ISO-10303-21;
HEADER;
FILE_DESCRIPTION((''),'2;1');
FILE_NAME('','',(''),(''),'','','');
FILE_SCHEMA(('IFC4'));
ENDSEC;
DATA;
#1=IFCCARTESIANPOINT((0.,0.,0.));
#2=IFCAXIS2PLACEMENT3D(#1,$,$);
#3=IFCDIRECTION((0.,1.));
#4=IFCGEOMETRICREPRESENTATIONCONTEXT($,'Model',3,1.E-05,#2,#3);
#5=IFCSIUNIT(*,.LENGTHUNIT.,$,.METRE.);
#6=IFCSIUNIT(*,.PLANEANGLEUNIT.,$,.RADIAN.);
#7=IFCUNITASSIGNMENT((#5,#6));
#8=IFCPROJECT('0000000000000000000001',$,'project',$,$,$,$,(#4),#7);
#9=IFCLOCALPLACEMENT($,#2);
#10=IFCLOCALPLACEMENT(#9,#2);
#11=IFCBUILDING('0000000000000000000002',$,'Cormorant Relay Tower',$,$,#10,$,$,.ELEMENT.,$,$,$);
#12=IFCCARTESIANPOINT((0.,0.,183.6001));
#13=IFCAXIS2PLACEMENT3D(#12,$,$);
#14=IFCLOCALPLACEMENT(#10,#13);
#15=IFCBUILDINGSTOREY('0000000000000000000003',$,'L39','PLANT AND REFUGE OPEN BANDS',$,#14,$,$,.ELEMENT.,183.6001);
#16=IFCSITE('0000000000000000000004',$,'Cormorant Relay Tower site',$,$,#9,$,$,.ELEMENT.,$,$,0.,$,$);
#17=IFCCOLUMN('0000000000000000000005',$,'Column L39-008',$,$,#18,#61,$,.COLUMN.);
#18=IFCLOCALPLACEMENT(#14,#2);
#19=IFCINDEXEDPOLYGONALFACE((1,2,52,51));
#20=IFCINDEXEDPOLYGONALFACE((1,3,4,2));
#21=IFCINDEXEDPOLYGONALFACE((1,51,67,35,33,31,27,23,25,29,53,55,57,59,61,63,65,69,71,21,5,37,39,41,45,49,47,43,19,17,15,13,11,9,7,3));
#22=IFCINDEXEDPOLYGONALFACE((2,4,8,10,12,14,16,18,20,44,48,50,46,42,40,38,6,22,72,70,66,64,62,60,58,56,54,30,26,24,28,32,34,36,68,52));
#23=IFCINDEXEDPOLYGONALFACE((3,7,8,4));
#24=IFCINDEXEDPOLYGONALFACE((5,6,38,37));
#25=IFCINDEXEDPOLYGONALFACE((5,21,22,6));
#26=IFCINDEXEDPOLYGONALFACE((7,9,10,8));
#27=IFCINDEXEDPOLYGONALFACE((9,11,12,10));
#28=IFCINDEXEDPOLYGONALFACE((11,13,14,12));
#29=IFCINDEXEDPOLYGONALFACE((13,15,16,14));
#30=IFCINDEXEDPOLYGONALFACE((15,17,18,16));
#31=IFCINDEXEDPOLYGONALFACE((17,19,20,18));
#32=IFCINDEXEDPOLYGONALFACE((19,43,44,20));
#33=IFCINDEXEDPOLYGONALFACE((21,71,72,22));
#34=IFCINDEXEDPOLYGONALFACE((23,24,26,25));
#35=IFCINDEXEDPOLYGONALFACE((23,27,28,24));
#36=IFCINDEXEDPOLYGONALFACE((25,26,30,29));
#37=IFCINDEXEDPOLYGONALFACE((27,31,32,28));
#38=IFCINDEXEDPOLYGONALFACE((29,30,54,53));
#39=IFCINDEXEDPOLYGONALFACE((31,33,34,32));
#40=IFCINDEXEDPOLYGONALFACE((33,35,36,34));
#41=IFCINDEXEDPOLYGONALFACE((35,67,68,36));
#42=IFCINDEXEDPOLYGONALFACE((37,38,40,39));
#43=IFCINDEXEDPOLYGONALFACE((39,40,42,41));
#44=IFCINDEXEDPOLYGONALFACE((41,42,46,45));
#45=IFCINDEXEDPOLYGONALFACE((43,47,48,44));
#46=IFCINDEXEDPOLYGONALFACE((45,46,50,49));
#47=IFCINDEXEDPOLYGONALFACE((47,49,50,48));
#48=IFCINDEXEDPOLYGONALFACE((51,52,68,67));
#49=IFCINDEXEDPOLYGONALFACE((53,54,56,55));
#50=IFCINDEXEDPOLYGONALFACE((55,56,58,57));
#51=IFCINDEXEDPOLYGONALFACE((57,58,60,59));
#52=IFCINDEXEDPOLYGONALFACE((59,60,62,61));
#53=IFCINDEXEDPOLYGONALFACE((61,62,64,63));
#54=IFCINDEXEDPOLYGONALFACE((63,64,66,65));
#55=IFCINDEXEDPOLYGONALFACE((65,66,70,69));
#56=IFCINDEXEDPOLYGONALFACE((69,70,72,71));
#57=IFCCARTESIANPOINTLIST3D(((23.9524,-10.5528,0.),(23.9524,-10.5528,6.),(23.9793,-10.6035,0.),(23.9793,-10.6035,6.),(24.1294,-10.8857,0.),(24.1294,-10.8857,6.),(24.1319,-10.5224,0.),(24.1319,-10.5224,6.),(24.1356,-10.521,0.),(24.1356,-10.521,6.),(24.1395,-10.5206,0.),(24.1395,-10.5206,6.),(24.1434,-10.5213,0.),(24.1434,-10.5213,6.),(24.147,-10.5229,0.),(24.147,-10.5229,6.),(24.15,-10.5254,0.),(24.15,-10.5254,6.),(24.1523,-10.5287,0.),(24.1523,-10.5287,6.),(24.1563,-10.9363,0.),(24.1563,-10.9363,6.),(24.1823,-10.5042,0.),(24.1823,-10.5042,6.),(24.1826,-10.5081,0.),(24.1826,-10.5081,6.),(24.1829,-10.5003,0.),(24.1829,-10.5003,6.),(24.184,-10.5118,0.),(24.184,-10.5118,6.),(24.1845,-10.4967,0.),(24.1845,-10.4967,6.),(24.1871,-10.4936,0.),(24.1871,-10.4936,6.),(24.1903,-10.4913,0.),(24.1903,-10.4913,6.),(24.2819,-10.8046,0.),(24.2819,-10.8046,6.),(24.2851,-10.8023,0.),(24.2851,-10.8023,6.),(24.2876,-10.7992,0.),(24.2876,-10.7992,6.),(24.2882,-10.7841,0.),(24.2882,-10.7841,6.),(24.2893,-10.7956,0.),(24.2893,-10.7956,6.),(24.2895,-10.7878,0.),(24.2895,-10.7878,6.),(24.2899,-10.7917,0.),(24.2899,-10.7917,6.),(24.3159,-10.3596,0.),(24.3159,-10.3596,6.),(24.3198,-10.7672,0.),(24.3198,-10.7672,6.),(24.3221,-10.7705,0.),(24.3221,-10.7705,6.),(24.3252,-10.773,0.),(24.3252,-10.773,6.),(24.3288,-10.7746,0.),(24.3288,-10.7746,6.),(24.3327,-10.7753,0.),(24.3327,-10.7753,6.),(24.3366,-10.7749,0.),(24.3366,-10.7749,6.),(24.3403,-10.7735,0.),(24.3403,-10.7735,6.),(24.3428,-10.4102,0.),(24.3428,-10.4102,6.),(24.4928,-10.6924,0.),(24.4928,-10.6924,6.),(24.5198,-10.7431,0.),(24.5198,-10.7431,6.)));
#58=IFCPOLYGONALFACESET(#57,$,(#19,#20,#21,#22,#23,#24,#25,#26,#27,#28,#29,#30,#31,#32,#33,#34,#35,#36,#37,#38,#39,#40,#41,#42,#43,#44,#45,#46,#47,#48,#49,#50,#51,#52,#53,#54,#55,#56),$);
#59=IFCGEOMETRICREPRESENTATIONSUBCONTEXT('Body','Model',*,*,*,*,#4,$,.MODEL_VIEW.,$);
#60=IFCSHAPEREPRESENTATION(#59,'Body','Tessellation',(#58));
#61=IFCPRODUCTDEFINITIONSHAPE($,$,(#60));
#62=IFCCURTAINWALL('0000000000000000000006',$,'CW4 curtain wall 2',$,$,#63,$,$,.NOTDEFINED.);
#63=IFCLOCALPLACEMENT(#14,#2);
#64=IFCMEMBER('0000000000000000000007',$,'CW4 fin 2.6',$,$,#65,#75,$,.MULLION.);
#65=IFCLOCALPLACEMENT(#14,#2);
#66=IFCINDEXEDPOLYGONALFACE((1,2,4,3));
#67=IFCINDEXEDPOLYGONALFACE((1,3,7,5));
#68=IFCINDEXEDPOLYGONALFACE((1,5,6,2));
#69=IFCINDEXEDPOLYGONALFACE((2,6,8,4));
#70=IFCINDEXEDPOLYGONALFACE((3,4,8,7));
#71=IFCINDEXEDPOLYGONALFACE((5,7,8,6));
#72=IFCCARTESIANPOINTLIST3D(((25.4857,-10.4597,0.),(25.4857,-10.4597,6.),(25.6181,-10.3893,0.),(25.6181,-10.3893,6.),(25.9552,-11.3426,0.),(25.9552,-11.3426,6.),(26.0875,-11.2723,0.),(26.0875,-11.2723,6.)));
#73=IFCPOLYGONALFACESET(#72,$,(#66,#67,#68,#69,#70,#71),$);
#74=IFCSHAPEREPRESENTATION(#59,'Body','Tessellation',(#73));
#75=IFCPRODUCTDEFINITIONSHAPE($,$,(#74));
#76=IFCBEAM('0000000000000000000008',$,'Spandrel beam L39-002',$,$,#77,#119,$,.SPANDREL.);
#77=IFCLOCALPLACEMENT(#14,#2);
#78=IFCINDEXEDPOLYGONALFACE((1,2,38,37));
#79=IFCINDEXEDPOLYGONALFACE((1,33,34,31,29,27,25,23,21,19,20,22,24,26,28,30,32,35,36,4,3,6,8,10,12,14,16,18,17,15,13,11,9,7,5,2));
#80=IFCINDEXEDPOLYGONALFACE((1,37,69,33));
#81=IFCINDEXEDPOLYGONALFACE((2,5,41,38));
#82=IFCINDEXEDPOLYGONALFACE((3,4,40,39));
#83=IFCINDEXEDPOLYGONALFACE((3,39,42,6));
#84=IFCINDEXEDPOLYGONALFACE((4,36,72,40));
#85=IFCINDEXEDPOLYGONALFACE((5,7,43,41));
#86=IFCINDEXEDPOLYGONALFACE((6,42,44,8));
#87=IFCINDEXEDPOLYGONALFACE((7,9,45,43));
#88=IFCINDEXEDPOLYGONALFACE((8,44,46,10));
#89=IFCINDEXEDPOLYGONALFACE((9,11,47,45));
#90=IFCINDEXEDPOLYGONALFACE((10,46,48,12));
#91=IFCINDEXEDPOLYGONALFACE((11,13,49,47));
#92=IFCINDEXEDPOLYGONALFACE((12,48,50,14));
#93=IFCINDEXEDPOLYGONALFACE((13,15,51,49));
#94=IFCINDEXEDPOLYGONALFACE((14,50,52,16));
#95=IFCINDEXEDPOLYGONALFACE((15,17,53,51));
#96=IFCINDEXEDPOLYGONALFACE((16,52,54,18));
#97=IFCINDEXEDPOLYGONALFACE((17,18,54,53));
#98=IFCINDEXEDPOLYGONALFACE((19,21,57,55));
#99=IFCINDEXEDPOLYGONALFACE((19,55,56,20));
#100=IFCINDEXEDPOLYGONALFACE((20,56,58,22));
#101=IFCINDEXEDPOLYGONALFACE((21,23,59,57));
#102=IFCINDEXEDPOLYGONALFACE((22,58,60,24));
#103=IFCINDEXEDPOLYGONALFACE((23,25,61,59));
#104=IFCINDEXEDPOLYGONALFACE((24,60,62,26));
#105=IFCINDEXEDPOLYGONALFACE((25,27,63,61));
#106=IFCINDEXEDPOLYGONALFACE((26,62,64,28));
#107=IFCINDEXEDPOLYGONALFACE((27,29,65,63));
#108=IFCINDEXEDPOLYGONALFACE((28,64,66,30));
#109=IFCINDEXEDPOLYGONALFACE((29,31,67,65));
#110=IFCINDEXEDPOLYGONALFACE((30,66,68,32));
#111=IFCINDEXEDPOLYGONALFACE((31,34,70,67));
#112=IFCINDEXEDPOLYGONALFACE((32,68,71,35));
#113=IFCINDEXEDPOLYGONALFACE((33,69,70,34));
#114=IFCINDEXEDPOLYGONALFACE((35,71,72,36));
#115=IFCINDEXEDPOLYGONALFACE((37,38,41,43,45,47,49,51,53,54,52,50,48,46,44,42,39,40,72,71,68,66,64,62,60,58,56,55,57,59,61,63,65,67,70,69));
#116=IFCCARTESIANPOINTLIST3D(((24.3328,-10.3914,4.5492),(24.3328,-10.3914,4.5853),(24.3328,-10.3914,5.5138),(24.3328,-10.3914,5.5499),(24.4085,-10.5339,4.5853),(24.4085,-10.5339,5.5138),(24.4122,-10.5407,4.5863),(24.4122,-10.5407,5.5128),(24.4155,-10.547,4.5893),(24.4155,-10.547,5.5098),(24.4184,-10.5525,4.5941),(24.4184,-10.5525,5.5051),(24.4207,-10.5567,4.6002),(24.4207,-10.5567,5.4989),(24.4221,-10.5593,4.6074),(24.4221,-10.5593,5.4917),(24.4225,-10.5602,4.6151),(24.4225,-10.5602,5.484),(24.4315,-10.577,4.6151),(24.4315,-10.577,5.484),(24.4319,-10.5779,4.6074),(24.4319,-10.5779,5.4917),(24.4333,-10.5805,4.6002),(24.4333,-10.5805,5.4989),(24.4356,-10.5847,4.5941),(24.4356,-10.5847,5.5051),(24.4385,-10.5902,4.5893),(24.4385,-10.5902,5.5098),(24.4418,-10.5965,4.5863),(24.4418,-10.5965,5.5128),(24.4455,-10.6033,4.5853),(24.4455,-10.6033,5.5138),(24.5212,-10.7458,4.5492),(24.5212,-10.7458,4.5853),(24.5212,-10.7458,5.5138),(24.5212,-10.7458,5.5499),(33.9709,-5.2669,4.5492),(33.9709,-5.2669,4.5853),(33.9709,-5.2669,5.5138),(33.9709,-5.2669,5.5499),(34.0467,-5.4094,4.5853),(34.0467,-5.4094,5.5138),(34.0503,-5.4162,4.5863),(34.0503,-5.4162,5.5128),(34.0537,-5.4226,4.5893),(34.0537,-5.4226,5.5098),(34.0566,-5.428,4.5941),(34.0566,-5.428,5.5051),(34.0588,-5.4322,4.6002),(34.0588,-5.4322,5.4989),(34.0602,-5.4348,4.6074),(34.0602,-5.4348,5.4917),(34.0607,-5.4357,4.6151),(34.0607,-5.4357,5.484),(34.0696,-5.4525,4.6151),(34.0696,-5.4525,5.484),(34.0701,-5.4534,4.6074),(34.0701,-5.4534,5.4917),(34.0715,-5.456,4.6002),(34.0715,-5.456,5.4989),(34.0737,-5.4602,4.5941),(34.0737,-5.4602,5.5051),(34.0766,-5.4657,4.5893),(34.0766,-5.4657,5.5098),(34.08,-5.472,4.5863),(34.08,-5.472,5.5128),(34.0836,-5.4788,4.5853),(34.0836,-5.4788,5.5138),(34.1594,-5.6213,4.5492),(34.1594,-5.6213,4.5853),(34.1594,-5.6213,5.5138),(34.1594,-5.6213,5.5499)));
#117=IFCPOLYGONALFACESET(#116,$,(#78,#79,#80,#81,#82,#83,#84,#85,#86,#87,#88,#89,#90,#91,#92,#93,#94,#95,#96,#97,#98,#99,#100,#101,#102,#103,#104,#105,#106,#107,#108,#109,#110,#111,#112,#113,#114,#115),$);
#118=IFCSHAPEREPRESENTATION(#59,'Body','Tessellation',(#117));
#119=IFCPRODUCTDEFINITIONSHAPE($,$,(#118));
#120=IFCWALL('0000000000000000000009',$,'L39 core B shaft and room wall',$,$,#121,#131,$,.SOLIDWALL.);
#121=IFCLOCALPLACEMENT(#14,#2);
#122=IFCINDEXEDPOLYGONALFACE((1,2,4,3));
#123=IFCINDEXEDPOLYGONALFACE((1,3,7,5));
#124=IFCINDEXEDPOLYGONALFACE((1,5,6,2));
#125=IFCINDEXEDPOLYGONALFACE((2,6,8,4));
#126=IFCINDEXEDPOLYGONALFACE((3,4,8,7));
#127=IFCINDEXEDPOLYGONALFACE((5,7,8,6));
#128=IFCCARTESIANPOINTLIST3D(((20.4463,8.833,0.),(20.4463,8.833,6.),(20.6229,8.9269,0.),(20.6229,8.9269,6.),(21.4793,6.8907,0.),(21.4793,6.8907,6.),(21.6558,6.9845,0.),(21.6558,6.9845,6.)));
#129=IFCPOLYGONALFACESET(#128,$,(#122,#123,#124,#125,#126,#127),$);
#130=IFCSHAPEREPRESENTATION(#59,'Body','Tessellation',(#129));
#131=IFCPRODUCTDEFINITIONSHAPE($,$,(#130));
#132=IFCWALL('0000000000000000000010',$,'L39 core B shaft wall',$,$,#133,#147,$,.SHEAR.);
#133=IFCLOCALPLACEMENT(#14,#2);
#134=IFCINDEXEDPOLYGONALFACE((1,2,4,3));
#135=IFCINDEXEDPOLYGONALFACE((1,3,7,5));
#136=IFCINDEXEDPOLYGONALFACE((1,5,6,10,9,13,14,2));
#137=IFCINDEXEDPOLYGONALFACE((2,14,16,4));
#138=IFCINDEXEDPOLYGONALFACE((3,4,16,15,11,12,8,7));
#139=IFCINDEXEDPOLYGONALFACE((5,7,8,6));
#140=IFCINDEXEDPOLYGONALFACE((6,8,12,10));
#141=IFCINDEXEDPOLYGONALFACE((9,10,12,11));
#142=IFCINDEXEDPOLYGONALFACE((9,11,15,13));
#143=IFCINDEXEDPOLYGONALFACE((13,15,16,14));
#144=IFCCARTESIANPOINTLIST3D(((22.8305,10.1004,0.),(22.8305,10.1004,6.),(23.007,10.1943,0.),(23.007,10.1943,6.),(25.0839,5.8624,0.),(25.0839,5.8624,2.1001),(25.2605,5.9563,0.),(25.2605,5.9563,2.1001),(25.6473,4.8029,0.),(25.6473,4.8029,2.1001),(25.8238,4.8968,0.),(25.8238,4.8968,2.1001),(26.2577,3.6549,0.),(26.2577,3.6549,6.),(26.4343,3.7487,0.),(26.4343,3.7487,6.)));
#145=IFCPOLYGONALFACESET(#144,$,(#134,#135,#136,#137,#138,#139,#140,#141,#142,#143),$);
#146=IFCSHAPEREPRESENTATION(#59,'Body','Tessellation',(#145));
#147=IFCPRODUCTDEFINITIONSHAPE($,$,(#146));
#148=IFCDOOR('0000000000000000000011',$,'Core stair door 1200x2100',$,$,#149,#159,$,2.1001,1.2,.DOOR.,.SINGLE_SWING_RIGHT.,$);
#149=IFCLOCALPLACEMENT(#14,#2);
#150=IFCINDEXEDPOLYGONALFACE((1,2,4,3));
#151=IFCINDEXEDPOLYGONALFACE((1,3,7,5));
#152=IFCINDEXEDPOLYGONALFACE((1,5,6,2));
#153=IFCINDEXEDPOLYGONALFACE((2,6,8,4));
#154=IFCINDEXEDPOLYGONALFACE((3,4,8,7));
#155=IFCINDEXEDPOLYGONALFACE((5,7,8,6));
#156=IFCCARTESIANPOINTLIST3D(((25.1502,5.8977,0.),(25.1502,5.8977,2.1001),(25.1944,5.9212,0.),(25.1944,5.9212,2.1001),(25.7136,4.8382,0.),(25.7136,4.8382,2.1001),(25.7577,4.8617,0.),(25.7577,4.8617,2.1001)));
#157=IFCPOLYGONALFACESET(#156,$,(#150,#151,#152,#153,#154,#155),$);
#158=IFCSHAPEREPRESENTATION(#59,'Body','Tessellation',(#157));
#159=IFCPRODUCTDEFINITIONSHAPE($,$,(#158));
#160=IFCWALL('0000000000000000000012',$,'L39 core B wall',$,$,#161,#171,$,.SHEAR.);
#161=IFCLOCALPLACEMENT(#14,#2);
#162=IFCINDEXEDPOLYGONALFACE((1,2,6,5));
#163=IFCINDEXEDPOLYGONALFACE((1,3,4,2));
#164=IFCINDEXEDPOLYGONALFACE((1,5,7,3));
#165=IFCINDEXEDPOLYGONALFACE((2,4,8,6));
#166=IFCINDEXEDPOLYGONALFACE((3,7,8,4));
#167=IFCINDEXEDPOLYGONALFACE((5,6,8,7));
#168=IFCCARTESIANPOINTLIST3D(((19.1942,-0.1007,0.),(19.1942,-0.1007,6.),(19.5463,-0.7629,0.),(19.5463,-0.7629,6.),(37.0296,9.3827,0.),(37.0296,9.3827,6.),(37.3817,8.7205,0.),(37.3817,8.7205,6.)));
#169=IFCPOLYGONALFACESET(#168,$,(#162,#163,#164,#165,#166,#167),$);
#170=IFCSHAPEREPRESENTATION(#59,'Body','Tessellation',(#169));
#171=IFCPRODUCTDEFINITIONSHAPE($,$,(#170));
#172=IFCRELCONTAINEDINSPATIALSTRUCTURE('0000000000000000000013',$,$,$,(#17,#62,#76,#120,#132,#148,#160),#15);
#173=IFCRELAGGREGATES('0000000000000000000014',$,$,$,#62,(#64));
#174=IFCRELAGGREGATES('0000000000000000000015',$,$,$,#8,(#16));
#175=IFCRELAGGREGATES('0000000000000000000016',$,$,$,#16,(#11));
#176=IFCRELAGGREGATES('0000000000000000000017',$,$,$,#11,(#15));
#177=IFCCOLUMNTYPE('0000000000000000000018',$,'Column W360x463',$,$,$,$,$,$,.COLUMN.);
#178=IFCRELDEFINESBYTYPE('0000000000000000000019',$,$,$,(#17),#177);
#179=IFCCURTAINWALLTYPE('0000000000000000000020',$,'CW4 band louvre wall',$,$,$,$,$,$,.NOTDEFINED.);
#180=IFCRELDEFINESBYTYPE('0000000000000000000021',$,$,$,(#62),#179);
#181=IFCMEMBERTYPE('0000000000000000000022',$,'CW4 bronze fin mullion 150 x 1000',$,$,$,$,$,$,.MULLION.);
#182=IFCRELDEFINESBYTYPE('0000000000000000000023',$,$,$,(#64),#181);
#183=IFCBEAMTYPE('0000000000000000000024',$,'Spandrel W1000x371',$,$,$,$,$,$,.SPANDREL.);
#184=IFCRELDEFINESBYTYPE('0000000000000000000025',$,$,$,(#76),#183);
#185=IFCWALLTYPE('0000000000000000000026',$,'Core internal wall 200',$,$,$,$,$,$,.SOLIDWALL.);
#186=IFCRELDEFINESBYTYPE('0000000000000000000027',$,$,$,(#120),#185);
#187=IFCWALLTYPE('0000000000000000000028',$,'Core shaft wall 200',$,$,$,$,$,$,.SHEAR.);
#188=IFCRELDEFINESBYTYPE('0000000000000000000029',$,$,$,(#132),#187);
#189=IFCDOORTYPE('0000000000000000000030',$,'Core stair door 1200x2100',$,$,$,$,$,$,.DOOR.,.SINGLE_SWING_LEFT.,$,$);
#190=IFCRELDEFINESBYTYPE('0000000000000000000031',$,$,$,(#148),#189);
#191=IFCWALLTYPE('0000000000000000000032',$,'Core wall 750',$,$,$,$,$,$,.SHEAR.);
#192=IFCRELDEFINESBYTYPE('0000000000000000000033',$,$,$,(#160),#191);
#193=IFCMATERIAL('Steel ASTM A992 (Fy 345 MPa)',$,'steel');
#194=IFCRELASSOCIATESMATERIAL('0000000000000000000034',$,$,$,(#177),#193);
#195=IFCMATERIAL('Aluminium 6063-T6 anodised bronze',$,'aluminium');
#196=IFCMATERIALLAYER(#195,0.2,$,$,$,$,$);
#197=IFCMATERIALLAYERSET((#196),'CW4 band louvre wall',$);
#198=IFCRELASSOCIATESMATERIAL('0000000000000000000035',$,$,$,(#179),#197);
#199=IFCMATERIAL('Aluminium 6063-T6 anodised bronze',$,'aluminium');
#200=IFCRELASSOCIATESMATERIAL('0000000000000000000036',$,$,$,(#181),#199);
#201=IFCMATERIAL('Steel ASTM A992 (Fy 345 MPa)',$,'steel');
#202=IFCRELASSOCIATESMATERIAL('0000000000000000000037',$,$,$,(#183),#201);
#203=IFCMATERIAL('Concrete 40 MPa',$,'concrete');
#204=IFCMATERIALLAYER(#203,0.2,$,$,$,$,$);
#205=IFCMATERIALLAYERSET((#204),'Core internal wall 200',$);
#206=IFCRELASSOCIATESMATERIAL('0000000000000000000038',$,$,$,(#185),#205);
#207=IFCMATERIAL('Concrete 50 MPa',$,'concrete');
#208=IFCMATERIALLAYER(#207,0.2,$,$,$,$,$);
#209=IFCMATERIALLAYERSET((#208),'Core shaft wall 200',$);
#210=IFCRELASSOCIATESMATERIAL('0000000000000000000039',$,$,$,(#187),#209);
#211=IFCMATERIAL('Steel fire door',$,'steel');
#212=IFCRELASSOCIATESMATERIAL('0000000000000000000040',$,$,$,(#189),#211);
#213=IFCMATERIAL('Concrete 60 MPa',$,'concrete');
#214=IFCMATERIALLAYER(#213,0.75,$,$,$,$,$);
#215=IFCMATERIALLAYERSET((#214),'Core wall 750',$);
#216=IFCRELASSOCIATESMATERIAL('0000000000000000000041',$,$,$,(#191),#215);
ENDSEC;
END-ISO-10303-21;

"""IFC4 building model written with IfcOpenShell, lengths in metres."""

from ifc_helpers import new_model, si_unit, direction, frame, frame_2d, origin, origin_2d, place, context, subcontext, project, spatial, rectangle, i_section, extrude, material, layer, layer_set, material_profile, profile_set, type_object, element, fill, aggregate, save


model = new_model("IFC4")

# Units and contexts
model_context = context("Model", 3, precision=1e-05, world=origin(), true_north=direction((0.0, 1.0)))
body_context = subcontext(model_context, "Body", "Model", "MODEL_VIEW")
ifc_project = project(units=[si_unit("LENGTHUNIT", "METRE"), si_unit("PLANEANGLEUNIT", "RADIAN")], contexts=[model_context])

# Site, building, storey
site_placement = place(None, origin())
site = spatial("IfcSite", under=ifc_project, at=site_placement, Name="Cormorant Relay Tower site", CompositionType="ELEMENT", RefElevation=0.0)
building_placement = place(site_placement, origin())
building = spatial("IfcBuilding", under=site, at=building_placement, Name="Cormorant Relay Tower", CompositionType="ELEMENT")
storey_placement = place(building_placement, frame((0.0, 0.0, 183.6001)))
storey = spatial("IfcBuildingStorey", under=building, at=storey_placement, Name="L39", Description="PLANT AND REFUGE OPEN BANDS", CompositionType="ELEMENT", Elevation=183.6001)

# Column
ifc_material_1 = material(Name="Steel ASTM A992 (Fy 345 MPa)", Category="steel")
ifc_material_profile_1 = material_profile(ifc_material_1, i_section(OverallWidth=0.4116, OverallDepth=0.4343, WebThickness=0.0359, FlangeThickness=0.0574, FilletRadius=0.0151, at=origin_2d()), Name="W360x463")
ifc_profile_set_1 = profile_set([ifc_material_profile_1], Name="Steel ASTM A992 (Fy 345 MPa)")
column_type = type_object("IfcColumnType", Name="Column W360x463", PredefinedType="COLUMN", material=ifc_profile_set_1)
column_placement = place(storey_placement, frame((24.2361, -10.6479, 0.0), z_axis=(0.0, 0.0, 1.0), x_axis=(0.882948, 0.469472, 0.0)))
element("IfcColumn", 1, at=column_placement, inside=storey, type_object=column_type, Name="Column L39-008", PredefinedType="COLUMN", context=body_context, shape_type="SweptSolid", body=[
    extrude(i_section(OverallWidth=0.4116, OverallDepth=0.4343, WebThickness=0.0359, FlangeThickness=0.0574, FilletRadius=0.0151, at=origin_2d()), origin(), (0.0, 0.0, 1.0), 6.0),
])

# Curtain wall, member
ifc_material_2 = material(Name="Aluminium 6063-T6 anodised bronze", Category="aluminium")
ifc_layer_1 = layer(ifc_material_2, 0.2)
ifc_layer_set_1 = layer_set([ifc_layer_1], Name="CW4 band louvre wall")
curtain_wall_type = type_object("IfcCurtainWallType", Name="CW4 band louvre wall", PredefinedType="NOTDEFINED", material=ifc_layer_set_1)
curtain_wall_placement = place(storey_placement, origin())
curtain_wall = element("IfcCurtainWall", 2, at=curtain_wall_placement, inside=storey, type_object=curtain_wall_type, Name="CW4 curtain wall 2", PredefinedType="NOTDEFINED")
ifc_material_3 = material(Name="Aluminium 6063-T6 anodised bronze", Category="aluminium")
ifc_material_profile_2 = material_profile(ifc_material_3, rectangle(XDim=0.1499, YDim=1.0, at=origin_2d()), Name="AL 150x1000")
ifc_profile_set_2 = profile_set([ifc_material_profile_2], Name="Aluminium 6063-T6 anodised bronze")
member_type = type_object("IfcMemberType", Name="CW4 bronze fin mullion 150 x 1000", PredefinedType="MULLION", material=ifc_profile_set_2)
member_placement = place(storey_placement, frame((25.7866, -10.866, 0.0), z_axis=(0.0, 0.0, 1.0), x_axis=(0.882948, 0.469472, 0.0)))
member = element("IfcMember", 3, at=member_placement, type_object=member_type, Name="CW4 fin 2.6", PredefinedType="MULLION", context=body_context, shape_type="SweptSolid", body=[
    extrude(rectangle(XDim=0.1499, YDim=1.0, at=origin_2d()), origin(), (0.0, 0.0, 1.0), 6.0),
])

# Beam
ifc_material_4 = material(Name="Steel ASTM A992 (Fy 345 MPa)", Category="steel")
ifc_material_profile_3 = material_profile(ifc_material_4, i_section(OverallWidth=0.4014, OverallDepth=1.0007, WebThickness=0.019, FlangeThickness=0.0361, FilletRadius=0.0298, at=origin_2d()), Name="W1000x371")
ifc_profile_set_3 = profile_set([ifc_material_profile_3], Name="Steel ASTM A992 (Fy 345 MPa)")
beam_type = type_object("IfcBeamType", Name="Spandrel W1000x371", PredefinedType="SPANDREL", material=ifc_profile_set_3)
beam_placement = place(storey_placement, frame((24.427, -10.5686, 5.0496), z_axis=(0.882955, 0.469457, 0.0), x_axis=(-0.469457, 0.882955, 0.0)))
element("IfcBeam", 4, at=beam_placement, inside=storey, type_object=beam_type, Name="Spandrel beam L39-002", PredefinedType="SPANDREL", context=body_context, shape_type="SweptSolid", body=[
    extrude(i_section(OverallWidth=0.4014, OverallDepth=1.0007, WebThickness=0.019, FlangeThickness=0.0361, FilletRadius=0.0298, at=origin_2d()), origin(), (0.0, 0.0, 1.0), 10.9158),
])

# Wall
ifc_material_5 = material(Name="Concrete 40 MPa", Category="concrete")
ifc_layer_2 = layer(ifc_material_5, 0.2)
ifc_layer_set_2 = layer_set([ifc_layer_2], Name="Core internal wall 200")
wall_type_1 = type_object("IfcWallType", Name="Core internal wall 200", PredefinedType="SOLIDWALL", material=ifc_layer_set_2)
wall_1_placement = place(storey_placement, frame((21.5676, 6.9375, 0.0), z_axis=(0.0, 0.0, 1.0), x_axis=(-0.469534, 0.882914, 0.0)))
element("IfcWall", 5, at=wall_1_placement, inside=storey, type_object=wall_type_1, Name="L39 core B shaft and room wall", PredefinedType="SOLIDWALL", context=body_context, shape_type="SweptSolid", body=[
    extrude(rectangle(XDim=2.2, YDim=0.2, at=frame_2d((1.1001, 0.0))), origin(), (0.0, 0.0, 1.0), 6.0),
])

# Wall, opening, door
ifc_material_6 = material(Name="Concrete 50 MPa", Category="concrete")
ifc_layer_3 = layer(ifc_material_6, 0.2)
ifc_layer_set_3 = layer_set([ifc_layer_3], Name="Core shaft wall 200")
wall_type_2 = type_object("IfcWallType", Name="Core shaft wall 200", PredefinedType="SHEAR", material=ifc_layer_set_3)
wall_2_placement = place(storey_placement, frame((26.3459, 3.7019, 0.0), z_axis=(0.0, 0.0, 1.0), x_axis=(-0.46948, 0.882943, 0.0)))
wall_2 = element("IfcWall", 6, at=wall_2_placement, inside=storey, type_object=wall_type_2, Name="L39 core B shaft wall", PredefinedType="SHEAR", context=body_context, shape_type="SweptSolid", body=[
    extrude(rectangle(XDim=7.3, YDim=0.2, at=frame_2d((3.6499, 0.0))), origin(), (0.0, 0.0, 1.0), 6.0),
])
opening_1_placement = place(wall_2_placement, frame((1.3, 0.0, 0.0)))
opening_1 = element("IfcOpeningElement", 7, at=opening_1_placement, cuts=wall_2, PredefinedType="OPENING", context=body_context, shape_type="SweptSolid", body=[
    extrude(rectangle(XDim=1.2, YDim=2.1001, at=frame_2d((0.6001, 1.05))), frame((0.0, 0.1099, 0.0), z_axis=(0.0, -1.0, 0.0), x_axis=(1.0, 0.0, 0.0)), (0.0, 0.0, 1.0), 0.22),
])
ifc_material_7 = material(Name="Steel fire door", Category="steel")
door_type_1 = type_object("IfcDoorType", Name="Core stair door 1200x2100", OperationType="SINGLE_SWING_LEFT", PredefinedType="DOOR", material=ifc_material_7)
door_1_placement = place(opening_1_placement, origin())
door_1 = element("IfcDoor", 8, at=door_1_placement, inside=storey, type_object=door_type_1, Name="Core stair door 1200x2100", OperationType="SINGLE_SWING_RIGHT", OverallHeight=2.1001, OverallWidth=1.2, PredefinedType="DOOR", context=body_context, shape_type="SweptSolid", body=[
    extrude(rectangle(XDim=1.2, YDim=2.1001, at=frame_2d((0.6001, 1.05))), frame((0.0, 0.0249, 0.0), z_axis=(0.0, -1.0, 0.0), x_axis=(1.0, 0.0, 0.0)), (0.0, 0.0, 1.0), 0.05),
])
fill(opening_1, door_1)
ifc_material_8 = material(Name="Concrete 60 MPa", Category="concrete")
ifc_layer_4 = layer(ifc_material_8, 0.75)
ifc_layer_set_4 = layer_set([ifc_layer_4], Name="Core wall 750")
wall_type_3 = type_object("IfcWallType", Name="Core wall 750", PredefinedType="SHEAR", material=ifc_layer_set_4)

# Wall
wall_3_placement = place(storey_placement, frame((19.3701, -0.4319, 0.0), z_axis=(0.0, 0.0, 1.0), x_axis=(0.882945, 0.469476, 0.0)))
element("IfcWall", 9, at=wall_3_placement, inside=storey, type_object=wall_type_3, Name="L39 core B wall", PredefinedType="SHEAR", context=body_context, shape_type="SweptSolid", body=[
    extrude(rectangle(XDim=20.2, YDim=0.75, at=frame_2d((10.1001, 0.0))), origin(), (0.0, 0.0, 1.0), 6.0),
])

aggregate(curtain_wall, [member])

save(model, "model.ifc")
